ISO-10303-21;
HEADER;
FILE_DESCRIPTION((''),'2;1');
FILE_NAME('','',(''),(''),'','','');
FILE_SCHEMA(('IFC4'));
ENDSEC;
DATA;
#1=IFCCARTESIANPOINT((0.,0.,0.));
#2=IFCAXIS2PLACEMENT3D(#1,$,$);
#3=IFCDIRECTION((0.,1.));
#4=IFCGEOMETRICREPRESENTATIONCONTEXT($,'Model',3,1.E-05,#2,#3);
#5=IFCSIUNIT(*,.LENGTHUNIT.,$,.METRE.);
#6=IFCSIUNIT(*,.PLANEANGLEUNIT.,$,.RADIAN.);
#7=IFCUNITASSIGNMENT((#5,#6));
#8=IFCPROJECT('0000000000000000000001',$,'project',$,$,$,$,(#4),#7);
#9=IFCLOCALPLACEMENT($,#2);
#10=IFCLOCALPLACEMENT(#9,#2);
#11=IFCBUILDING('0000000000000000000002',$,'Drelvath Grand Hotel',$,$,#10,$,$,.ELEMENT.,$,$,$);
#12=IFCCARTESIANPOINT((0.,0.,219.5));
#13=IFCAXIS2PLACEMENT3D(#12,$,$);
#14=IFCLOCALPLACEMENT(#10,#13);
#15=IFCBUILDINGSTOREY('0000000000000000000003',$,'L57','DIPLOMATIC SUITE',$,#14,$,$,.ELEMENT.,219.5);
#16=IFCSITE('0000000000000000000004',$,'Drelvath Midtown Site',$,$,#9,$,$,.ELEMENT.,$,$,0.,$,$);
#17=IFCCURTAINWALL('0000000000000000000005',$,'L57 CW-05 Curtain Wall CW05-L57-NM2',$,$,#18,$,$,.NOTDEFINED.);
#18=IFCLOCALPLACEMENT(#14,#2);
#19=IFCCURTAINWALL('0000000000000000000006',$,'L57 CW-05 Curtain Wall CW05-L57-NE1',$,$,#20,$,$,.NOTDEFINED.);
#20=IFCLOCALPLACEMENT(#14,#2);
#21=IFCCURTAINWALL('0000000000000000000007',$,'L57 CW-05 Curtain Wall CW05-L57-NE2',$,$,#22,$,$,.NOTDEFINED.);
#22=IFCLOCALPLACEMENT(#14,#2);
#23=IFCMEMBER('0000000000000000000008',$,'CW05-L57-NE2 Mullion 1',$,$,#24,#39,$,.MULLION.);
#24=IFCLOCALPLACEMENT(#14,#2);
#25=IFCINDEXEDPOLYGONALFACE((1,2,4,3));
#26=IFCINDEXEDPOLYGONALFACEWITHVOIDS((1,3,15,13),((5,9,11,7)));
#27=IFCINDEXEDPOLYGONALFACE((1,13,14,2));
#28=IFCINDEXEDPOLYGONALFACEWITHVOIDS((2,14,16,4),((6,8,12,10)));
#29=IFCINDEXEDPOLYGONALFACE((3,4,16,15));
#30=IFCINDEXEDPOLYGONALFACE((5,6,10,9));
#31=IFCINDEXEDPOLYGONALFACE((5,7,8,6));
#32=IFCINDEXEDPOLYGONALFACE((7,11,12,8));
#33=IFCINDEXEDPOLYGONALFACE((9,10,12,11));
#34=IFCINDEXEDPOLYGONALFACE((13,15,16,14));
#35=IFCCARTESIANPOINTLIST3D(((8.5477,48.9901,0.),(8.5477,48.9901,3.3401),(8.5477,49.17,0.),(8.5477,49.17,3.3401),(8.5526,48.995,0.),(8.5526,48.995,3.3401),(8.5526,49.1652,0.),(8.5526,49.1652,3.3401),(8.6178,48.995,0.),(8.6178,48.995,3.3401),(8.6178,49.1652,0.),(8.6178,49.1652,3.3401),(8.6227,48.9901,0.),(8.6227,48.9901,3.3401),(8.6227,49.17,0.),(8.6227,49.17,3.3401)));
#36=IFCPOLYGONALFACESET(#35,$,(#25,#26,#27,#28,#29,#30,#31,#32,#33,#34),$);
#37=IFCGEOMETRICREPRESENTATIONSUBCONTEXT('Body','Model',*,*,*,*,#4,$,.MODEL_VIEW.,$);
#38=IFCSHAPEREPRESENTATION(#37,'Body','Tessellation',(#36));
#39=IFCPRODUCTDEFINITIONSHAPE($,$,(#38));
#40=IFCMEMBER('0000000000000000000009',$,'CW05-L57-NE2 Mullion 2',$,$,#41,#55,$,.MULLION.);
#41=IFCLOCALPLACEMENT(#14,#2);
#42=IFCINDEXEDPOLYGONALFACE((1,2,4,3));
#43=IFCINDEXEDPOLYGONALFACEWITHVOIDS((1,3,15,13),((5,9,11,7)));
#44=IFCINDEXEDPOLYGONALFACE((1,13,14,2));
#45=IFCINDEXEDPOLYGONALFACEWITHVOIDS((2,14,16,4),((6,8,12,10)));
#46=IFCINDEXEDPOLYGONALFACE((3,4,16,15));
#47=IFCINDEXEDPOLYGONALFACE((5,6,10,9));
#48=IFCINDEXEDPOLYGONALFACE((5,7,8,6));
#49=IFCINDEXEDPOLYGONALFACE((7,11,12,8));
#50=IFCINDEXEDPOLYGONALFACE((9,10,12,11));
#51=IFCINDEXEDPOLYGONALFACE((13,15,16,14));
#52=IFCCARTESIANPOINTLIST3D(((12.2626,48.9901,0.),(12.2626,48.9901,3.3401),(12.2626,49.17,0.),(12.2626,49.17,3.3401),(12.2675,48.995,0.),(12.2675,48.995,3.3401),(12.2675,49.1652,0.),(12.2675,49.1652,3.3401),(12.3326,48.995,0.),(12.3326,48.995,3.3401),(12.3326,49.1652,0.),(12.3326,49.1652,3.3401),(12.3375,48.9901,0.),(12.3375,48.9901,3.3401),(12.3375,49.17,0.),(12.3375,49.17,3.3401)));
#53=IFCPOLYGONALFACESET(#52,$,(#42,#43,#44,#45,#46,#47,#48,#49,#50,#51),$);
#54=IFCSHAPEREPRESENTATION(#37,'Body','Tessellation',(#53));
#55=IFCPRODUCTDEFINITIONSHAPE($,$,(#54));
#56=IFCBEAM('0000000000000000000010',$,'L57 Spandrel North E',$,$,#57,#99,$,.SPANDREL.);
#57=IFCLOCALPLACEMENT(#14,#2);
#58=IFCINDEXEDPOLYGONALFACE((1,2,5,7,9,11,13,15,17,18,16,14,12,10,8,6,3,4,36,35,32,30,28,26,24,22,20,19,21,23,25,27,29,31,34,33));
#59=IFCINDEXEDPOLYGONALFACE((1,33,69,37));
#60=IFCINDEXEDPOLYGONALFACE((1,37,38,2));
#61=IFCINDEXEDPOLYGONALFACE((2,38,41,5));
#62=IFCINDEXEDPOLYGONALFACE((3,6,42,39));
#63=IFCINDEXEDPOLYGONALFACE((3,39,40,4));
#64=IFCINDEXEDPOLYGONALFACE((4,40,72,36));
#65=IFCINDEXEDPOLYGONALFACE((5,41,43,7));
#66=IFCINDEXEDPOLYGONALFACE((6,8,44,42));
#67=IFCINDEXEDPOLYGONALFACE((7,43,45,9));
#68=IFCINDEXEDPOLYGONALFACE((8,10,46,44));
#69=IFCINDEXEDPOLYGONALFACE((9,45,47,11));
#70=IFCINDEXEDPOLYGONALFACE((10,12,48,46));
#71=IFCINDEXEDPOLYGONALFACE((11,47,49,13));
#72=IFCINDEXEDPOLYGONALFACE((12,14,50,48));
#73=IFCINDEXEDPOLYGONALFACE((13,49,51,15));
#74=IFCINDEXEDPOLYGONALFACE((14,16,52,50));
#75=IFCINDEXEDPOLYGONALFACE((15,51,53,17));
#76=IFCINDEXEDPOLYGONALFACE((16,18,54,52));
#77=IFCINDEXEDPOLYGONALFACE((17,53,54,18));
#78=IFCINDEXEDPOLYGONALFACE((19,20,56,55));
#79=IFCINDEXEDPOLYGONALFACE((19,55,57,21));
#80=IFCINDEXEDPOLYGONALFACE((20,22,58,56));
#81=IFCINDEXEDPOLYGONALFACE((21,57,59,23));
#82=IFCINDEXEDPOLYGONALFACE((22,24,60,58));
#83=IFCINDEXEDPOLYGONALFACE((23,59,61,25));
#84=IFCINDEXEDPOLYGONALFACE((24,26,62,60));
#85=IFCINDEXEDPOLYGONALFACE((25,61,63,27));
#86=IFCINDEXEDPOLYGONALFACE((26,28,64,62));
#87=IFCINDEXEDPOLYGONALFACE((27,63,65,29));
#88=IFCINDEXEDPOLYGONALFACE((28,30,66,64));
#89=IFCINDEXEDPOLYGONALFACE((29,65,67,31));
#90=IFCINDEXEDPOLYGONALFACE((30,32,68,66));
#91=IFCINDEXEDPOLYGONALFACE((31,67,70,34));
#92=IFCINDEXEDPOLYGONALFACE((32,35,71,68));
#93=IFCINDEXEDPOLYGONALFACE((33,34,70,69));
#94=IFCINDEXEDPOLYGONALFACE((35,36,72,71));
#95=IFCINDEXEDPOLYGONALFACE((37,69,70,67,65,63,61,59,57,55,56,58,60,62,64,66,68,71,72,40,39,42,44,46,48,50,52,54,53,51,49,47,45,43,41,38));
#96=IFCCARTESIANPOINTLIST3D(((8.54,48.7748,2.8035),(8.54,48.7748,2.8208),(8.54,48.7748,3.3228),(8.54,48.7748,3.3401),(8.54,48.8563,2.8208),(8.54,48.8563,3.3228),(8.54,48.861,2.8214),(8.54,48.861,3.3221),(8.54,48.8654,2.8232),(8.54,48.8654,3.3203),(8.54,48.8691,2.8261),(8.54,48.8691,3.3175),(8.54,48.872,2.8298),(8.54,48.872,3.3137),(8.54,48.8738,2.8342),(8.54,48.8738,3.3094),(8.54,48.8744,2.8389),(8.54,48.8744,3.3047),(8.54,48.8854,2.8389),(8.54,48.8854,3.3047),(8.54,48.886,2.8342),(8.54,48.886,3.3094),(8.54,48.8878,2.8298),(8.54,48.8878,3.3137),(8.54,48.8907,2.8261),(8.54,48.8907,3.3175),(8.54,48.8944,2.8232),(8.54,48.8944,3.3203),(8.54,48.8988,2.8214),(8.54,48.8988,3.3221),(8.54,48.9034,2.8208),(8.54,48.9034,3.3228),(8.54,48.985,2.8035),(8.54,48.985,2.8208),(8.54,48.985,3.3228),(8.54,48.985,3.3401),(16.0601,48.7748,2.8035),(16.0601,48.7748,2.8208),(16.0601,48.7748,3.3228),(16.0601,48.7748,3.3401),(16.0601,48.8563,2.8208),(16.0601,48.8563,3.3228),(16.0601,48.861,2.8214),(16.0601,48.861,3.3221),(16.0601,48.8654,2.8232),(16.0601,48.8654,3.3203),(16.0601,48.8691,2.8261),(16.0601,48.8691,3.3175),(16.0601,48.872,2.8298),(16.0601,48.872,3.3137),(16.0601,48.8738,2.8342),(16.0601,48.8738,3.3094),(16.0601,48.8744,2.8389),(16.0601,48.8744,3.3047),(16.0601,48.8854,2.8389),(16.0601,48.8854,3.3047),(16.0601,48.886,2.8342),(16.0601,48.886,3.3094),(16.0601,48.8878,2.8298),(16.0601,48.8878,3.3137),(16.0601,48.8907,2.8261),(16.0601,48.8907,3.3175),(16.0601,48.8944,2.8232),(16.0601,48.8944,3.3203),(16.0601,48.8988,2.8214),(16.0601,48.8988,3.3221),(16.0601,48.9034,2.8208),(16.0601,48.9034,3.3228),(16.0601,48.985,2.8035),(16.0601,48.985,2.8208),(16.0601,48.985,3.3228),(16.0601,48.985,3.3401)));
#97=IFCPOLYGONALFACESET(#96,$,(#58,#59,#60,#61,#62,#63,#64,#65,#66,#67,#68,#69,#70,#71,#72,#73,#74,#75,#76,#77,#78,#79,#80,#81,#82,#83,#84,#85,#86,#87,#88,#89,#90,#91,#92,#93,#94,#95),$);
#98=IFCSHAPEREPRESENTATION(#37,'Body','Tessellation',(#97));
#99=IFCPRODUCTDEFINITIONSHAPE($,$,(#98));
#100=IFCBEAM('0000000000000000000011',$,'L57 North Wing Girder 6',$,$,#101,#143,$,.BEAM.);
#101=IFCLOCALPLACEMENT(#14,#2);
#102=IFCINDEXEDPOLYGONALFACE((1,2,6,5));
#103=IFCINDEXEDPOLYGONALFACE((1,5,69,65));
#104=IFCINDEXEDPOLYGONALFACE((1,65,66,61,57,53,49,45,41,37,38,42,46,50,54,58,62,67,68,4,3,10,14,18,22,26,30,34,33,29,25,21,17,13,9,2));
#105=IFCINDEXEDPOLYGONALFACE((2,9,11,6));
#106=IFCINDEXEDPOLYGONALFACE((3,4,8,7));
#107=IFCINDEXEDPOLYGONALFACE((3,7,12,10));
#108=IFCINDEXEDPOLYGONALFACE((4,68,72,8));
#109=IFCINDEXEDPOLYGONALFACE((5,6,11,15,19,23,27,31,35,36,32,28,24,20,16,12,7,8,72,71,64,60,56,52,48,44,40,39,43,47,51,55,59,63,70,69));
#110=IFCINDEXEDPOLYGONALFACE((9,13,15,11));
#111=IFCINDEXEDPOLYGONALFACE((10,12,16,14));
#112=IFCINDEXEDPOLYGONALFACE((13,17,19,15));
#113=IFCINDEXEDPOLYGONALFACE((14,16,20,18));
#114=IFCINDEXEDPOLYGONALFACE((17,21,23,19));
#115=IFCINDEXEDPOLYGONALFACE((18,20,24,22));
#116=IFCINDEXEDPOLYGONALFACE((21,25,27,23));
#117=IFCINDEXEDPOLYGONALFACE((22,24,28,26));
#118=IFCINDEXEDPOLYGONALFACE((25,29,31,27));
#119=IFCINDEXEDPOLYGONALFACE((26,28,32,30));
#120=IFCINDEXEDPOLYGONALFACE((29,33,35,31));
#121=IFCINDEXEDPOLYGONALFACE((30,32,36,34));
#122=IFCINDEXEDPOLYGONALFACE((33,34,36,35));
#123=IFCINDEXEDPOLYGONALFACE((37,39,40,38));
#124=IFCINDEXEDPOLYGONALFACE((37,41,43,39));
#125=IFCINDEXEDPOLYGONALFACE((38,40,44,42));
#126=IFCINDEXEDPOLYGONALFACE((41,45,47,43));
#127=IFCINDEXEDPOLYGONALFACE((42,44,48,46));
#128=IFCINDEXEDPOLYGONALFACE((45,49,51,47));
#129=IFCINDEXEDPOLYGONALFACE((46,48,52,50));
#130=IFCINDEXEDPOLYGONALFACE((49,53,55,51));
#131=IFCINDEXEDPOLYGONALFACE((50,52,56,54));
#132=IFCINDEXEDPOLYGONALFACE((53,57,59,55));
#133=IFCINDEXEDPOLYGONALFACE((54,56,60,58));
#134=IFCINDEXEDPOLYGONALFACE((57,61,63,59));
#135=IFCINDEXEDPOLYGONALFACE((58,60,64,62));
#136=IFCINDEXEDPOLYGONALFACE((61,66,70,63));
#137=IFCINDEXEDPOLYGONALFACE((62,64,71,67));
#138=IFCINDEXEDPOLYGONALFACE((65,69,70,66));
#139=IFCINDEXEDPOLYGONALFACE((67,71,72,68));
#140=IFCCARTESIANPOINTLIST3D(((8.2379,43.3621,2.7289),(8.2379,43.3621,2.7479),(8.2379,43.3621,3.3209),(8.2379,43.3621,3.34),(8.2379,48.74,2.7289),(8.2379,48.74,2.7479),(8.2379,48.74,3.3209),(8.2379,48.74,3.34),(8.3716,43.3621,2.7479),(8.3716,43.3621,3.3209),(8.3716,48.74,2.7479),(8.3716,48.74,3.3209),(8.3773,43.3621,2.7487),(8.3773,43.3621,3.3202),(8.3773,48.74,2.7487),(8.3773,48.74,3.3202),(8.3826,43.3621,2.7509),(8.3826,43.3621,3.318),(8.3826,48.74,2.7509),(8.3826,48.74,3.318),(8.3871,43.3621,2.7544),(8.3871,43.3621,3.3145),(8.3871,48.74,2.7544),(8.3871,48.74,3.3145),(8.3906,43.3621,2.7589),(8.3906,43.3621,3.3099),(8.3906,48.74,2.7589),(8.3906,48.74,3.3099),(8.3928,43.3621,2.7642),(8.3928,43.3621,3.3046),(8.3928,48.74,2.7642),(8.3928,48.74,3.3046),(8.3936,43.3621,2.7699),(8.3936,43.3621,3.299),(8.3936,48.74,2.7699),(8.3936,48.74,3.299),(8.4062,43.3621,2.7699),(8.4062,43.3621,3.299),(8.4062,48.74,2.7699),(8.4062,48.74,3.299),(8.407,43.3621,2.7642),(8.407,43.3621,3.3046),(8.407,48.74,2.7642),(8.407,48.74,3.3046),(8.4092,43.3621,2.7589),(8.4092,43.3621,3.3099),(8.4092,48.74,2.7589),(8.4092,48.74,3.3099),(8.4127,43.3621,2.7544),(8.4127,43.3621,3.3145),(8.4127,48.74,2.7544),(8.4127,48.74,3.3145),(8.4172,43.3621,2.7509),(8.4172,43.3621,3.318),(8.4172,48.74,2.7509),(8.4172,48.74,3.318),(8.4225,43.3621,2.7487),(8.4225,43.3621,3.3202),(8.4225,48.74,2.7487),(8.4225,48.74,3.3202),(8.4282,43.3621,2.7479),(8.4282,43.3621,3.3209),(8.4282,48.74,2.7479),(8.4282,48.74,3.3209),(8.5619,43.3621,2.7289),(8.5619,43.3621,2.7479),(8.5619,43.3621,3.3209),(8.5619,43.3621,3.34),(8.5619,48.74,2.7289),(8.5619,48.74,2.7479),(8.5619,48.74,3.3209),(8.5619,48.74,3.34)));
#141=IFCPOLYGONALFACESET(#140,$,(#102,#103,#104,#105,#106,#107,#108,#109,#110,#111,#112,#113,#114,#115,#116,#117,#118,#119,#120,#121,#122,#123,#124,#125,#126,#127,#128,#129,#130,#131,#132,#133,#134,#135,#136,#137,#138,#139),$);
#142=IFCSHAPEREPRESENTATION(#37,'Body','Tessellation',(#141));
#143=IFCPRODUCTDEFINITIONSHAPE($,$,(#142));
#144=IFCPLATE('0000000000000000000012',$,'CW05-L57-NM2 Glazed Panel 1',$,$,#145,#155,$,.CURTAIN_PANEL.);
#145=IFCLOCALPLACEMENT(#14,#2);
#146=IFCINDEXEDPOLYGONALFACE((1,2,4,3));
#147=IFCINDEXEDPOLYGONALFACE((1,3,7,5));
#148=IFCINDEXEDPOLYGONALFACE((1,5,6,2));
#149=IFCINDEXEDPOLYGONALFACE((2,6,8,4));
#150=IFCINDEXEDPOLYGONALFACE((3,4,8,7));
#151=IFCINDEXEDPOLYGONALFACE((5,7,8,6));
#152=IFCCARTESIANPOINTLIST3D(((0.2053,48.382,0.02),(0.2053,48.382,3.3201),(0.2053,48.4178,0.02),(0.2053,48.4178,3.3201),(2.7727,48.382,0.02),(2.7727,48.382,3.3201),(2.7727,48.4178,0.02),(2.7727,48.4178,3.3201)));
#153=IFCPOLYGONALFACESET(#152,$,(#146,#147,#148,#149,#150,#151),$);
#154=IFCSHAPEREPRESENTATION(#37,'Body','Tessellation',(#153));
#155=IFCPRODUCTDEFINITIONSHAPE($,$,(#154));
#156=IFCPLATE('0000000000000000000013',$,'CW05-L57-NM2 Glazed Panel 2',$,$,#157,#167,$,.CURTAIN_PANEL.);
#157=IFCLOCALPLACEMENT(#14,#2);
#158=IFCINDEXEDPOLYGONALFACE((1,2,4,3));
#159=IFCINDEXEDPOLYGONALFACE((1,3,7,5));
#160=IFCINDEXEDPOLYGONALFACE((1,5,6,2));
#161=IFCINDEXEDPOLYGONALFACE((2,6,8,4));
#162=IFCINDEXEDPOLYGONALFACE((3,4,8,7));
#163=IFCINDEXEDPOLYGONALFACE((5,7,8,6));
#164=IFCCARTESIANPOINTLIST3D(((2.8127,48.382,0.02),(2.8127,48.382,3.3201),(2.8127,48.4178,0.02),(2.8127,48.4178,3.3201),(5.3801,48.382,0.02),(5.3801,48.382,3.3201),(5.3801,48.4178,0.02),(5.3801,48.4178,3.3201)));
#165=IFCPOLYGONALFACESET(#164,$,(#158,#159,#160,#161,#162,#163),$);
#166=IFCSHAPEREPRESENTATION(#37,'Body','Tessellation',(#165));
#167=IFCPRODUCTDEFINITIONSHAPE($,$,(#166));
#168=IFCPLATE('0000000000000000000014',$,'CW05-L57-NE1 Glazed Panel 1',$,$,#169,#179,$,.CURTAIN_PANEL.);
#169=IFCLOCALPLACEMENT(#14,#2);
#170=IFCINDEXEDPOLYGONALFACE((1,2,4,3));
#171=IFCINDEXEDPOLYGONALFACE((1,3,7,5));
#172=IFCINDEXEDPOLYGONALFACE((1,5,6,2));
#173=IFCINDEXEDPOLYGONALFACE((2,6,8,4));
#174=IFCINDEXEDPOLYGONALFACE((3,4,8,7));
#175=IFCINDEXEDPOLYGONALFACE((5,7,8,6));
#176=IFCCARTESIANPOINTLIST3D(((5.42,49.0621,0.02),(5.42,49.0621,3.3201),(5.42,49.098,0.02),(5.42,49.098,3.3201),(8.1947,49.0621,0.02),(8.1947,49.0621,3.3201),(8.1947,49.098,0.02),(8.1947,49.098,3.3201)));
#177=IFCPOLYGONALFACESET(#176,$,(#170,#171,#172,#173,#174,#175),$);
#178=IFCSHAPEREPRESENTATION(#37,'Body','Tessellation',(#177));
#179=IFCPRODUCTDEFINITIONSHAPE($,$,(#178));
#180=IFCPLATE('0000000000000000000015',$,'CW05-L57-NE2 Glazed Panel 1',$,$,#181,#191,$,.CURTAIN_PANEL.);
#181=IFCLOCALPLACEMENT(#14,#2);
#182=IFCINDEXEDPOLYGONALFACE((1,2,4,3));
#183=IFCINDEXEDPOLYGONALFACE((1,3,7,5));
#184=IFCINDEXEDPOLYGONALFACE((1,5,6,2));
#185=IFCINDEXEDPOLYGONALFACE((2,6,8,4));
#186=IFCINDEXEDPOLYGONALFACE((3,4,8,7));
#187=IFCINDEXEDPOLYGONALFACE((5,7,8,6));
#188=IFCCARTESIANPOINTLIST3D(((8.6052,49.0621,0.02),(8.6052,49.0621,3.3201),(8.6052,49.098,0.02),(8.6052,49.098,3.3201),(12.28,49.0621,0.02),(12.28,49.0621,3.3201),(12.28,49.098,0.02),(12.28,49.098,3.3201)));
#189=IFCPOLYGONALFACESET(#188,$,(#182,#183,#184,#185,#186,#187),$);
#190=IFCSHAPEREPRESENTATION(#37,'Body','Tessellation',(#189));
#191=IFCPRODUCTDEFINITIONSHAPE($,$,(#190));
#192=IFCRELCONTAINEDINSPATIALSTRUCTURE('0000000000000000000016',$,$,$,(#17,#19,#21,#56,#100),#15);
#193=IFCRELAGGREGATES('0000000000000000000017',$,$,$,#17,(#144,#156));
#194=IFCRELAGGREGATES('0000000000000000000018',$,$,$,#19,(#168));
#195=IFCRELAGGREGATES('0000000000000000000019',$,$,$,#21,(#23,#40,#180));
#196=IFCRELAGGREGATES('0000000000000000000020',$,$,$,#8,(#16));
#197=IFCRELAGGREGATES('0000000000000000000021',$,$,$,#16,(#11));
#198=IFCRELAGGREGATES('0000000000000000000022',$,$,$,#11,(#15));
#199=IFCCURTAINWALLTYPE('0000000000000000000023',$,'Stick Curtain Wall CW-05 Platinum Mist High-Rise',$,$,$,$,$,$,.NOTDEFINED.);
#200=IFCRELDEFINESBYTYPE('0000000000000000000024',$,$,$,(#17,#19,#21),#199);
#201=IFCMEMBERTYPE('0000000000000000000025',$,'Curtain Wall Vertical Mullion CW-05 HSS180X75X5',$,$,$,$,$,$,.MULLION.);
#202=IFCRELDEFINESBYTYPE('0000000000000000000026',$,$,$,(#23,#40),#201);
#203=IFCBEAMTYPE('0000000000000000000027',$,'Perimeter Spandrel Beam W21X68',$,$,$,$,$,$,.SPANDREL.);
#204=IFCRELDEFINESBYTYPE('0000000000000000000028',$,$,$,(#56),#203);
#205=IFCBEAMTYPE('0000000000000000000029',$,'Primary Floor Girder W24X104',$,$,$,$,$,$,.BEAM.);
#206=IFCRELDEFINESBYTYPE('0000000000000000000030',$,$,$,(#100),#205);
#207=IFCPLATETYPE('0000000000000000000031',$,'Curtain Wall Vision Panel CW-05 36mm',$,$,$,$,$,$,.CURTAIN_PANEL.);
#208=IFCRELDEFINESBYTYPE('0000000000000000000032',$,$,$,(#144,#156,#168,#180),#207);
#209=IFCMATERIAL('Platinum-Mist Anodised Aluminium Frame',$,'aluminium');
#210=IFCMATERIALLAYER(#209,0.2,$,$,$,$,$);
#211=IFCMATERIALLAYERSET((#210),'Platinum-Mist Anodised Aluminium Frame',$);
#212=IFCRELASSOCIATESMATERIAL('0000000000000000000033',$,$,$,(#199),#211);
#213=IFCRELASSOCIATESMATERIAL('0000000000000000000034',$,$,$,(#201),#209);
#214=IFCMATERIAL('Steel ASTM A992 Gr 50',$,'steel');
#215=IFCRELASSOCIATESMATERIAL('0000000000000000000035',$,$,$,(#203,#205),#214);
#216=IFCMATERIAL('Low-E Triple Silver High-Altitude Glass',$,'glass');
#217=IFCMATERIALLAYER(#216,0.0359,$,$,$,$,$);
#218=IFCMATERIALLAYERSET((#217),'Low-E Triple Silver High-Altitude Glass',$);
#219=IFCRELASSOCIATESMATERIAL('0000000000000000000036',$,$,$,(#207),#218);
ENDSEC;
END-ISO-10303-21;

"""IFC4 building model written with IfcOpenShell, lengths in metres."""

from ifc_helpers import new_model, si_unit, direction, frame, origin, origin_2d, place, context, subcontext, project, spatial, rectangle, hollow_rectangle, i_section, extrude, material, layer, layer_set, material_profile, profile_set, type_object, element, aggregate, save


model = new_model("IFC4")

# Units and contexts
model_context = context("Model", 3, precision=1e-05, world=origin(), true_north=direction((0.0, 1.0)))
body_context = subcontext(model_context, "Body", "Model", "MODEL_VIEW")
ifc_project = project(units=[si_unit("LENGTHUNIT", "METRE"), si_unit("PLANEANGLEUNIT", "RADIAN")], contexts=[model_context])

# Site, building, storey
site_placement = place(None, origin())
site = spatial("IfcSite", under=ifc_project, at=site_placement, Name="Drelvath Midtown Site", CompositionType="ELEMENT", RefElevation=0.0)
building_placement = place(site_placement, origin())
building = spatial("IfcBuilding", under=site, at=building_placement, Name="Drelvath Grand Hotel", CompositionType="ELEMENT")
storey_placement = place(building_placement, frame((0.0, 0.0, 219.5)))
storey = spatial("IfcBuildingStorey", under=building, at=storey_placement, Name="L57", Description="DIPLOMATIC SUITE", CompositionType="ELEMENT", Elevation=219.5)

# Curtain walls
ifc_material_1 = material(Name="Platinum-Mist Anodised Aluminium Frame", Category="aluminium")
ifc_layer_1 = layer(ifc_material_1, 0.2)
ifc_layer_set_1 = layer_set([ifc_layer_1], Name="Platinum-Mist Anodised Aluminium Frame")
curtain_wall_type = type_object("IfcCurtainWallType", Name="Stick Curtain Wall CW-05 Platinum Mist High-Rise", PredefinedType="NOTDEFINED", material=ifc_layer_set_1)
curtain_wall_1_placement = place(storey_placement, origin())
curtain_wall_1 = element("IfcCurtainWall", 1, at=curtain_wall_1_placement, inside=storey, type_object=curtain_wall_type, Name="L57 CW-05 Curtain Wall CW05-L57-NM2", PredefinedType="NOTDEFINED")
curtain_wall_2_placement = place(storey_placement, origin())
curtain_wall_2 = element("IfcCurtainWall", 2, at=curtain_wall_2_placement, inside=storey, type_object=curtain_wall_type, Name="L57 CW-05 Curtain Wall CW05-L57-NE1", PredefinedType="NOTDEFINED")
curtain_wall_3_placement = place(storey_placement, origin())
curtain_wall_3 = element("IfcCurtainWall", 3, at=curtain_wall_3_placement, inside=storey, type_object=curtain_wall_type, Name="L57 CW-05 Curtain Wall CW05-L57-NE2", PredefinedType="NOTDEFINED")

# Members
ifc_material_profile_1 = material_profile(ifc_material_1, hollow_rectangle(XDim=0.075, YDim=0.1799, WallThickness=0.0049, at=origin_2d()), Name="HSS180X75X5")
ifc_profile_set_1 = profile_set([ifc_material_profile_1], Name="Platinum-Mist Anodised Aluminium Frame")
member_type_1 = type_object("IfcMemberType", Name="Curtain Wall Vertical Mullion CW-05 HSS180X75X5", PredefinedType="MULLION", material=ifc_profile_set_1)
member_1_placement = place(storey_placement, frame((8.5852, 49.0801, 0.0), z_axis=(0.0, 0.0, 1.0), x_axis=(1.0, 0.0, 0.0)))
member_1 = element("IfcMember", 4, at=member_1_placement, type_object=member_type_1, Name="CW05-L57-NE2 Mullion 1", PredefinedType="MULLION", context=body_context, shape_type="SweptSolid", body=[
    extrude(hollow_rectangle(XDim=0.075, YDim=0.1799, WallThickness=0.0049, at=origin_2d()), origin(), (0.0, 0.0, 1.0), 3.3401),
])
member_2_placement = place(storey_placement, frame((12.3, 49.0801, 0.0), z_axis=(0.0, 0.0, 1.0), x_axis=(1.0, 0.0, 0.0)))
member_2 = element("IfcMember", 5, at=member_2_placement, type_object=member_type_1, Name="CW05-L57-NE2 Mullion 2", PredefinedType="MULLION", context=body_context, shape_type="SweptSolid", body=[
    extrude(hollow_rectangle(XDim=0.075, YDim=0.1799, WallThickness=0.0049, at=origin_2d()), origin(), (0.0, 0.0, 1.0), 3.3401),
])

# Beams
ifc_material_2 = material(Name="Steel ASTM A992 Gr 50", Category="steel")
ifc_material_profile_2 = material_profile(ifc_material_2, i_section(OverallWidth=0.2102, OverallDepth=0.5366, WebThickness=0.011, FlangeThickness=0.0173, FilletRadius=0.0181, at=origin_2d()), Name="W21X68")
ifc_profile_set_2 = profile_set([ifc_material_profile_2], Name="Steel ASTM A992 Gr 50")
beam_type_1 = type_object("IfcBeamType", Name="Perimeter Spandrel Beam W21X68", PredefinedType="SPANDREL", material=ifc_profile_set_2)
beam_1_placement = place(storey_placement, frame((8.54, 48.8799, 3.0718), z_axis=(1.0, 0.0, 0.0), x_axis=(0.0, 1.0, 0.0)))
element("IfcBeam", 6, at=beam_1_placement, inside=storey, type_object=beam_type_1, Name="L57 Spandrel North E", PredefinedType="SPANDREL", context=body_context, shape_type="SweptSolid", body=[
    extrude(i_section(OverallWidth=0.2102, OverallDepth=0.5366, WebThickness=0.011, FlangeThickness=0.0173, FilletRadius=0.0181, at=origin_2d()), origin(), (0.0, 0.0, 1.0), 7.52),
])
ifc_material_profile_3 = material_profile(ifc_material_2, i_section(OverallWidth=0.324, OverallDepth=0.6111, WebThickness=0.0127, FlangeThickness=0.019, FilletRadius=0.022, at=origin_2d()), Name="W24X104")
ifc_profile_set_3 = profile_set([ifc_material_profile_3], Name="Steel ASTM A992 Gr 50")
beam_type_2 = type_object("IfcBeamType", Name="Primary Floor Girder W24X104", PredefinedType="BEAM", material=ifc_profile_set_3)
beam_2_placement = place(storey_placement, frame((8.3999, 43.3621, 3.0344), z_axis=(0.0, 1.0, 0.0), x_axis=(-1.0, 0.0, 0.0)))
element("IfcBeam", 7, at=beam_2_placement, inside=storey, type_object=beam_type_2, Name="L57 North Wing Girder 6", PredefinedType="BEAM", context=body_context, shape_type="SweptSolid", body=[
    extrude(i_section(OverallWidth=0.324, OverallDepth=0.6111, WebThickness=0.0127, FlangeThickness=0.019, FilletRadius=0.022, at=origin_2d()), origin(), (0.0, 0.0, 1.0), 5.3779),
])

# Plates
ifc_material_3 = material(Name="Low-E Triple Silver High-Altitude Glass", Category="glass")
ifc_layer_2 = layer(ifc_material_3, 0.0359)
ifc_layer_set_2 = layer_set([ifc_layer_2], Name="Low-E Triple Silver High-Altitude Glass")
plate_type = type_object("IfcPlateType", Name="Curtain Wall Vision Panel CW-05 36mm", PredefinedType="CURTAIN_PANEL", material=ifc_layer_set_2)
plate_1_placement = place(storey_placement, frame((1.489, 48.3999, 0.02), z_axis=(0.0, 0.0, 1.0), x_axis=(1.0, 0.0, 0.0)))
plate_1 = element("IfcPlate", 8, at=plate_1_placement, type_object=plate_type, Name="CW05-L57-NM2 Glazed Panel 1", PredefinedType="CURTAIN_PANEL", context=body_context, shape_type="SweptSolid", body=[
    extrude(rectangle(XDim=2.5674, YDim=0.0359, at=origin_2d()), origin(), (0.0, 0.0, 1.0), 3.3),
])
plate_2_placement = place(storey_placement, frame((4.0964, 48.3999, 0.02), z_axis=(0.0, 0.0, 1.0), x_axis=(1.0, 0.0, 0.0)))
plate_2 = element("IfcPlate", 9, at=plate_2_placement, type_object=plate_type, Name="CW05-L57-NM2 Glazed Panel 2", PredefinedType="CURTAIN_PANEL", context=body_context, shape_type="SweptSolid", body=[
    extrude(rectangle(XDim=2.5674, YDim=0.0359, at=origin_2d()), origin(), (0.0, 0.0, 1.0), 3.3),
])
aggregate(curtain_wall_1, [plate_1, plate_2])
plate_3_placement = place(storey_placement, frame((6.8074, 49.0801, 0.02), z_axis=(0.0, 0.0, 1.0), x_axis=(1.0, 0.0, 0.0)))
plate_3 = element("IfcPlate", 10, at=plate_3_placement, type_object=plate_type, Name="CW05-L57-NE1 Glazed Panel 1", PredefinedType="CURTAIN_PANEL", context=body_context, shape_type="SweptSolid", body=[
    extrude(rectangle(XDim=2.7747, YDim=0.0359, at=origin_2d()), origin(), (0.0, 0.0, 1.0), 3.3),
])
aggregate(curtain_wall_2, [plate_3])
plate_4_placement = place(storey_placement, frame((10.4426, 49.0801, 0.02), z_axis=(0.0, 0.0, 1.0), x_axis=(1.0, 0.0, 0.0)))
plate_4 = element("IfcPlate", 11, at=plate_4_placement, type_object=plate_type, Name="CW05-L57-NE2 Glazed Panel 1", PredefinedType="CURTAIN_PANEL", context=body_context, shape_type="SweptSolid", body=[
    extrude(rectangle(XDim=3.6748, YDim=0.0359, at=origin_2d()), origin(), (0.0, 0.0, 1.0), 3.3),
])
aggregate(curtain_wall_3, [member_1, member_2, plate_4])

save(model, "model.ifc")
